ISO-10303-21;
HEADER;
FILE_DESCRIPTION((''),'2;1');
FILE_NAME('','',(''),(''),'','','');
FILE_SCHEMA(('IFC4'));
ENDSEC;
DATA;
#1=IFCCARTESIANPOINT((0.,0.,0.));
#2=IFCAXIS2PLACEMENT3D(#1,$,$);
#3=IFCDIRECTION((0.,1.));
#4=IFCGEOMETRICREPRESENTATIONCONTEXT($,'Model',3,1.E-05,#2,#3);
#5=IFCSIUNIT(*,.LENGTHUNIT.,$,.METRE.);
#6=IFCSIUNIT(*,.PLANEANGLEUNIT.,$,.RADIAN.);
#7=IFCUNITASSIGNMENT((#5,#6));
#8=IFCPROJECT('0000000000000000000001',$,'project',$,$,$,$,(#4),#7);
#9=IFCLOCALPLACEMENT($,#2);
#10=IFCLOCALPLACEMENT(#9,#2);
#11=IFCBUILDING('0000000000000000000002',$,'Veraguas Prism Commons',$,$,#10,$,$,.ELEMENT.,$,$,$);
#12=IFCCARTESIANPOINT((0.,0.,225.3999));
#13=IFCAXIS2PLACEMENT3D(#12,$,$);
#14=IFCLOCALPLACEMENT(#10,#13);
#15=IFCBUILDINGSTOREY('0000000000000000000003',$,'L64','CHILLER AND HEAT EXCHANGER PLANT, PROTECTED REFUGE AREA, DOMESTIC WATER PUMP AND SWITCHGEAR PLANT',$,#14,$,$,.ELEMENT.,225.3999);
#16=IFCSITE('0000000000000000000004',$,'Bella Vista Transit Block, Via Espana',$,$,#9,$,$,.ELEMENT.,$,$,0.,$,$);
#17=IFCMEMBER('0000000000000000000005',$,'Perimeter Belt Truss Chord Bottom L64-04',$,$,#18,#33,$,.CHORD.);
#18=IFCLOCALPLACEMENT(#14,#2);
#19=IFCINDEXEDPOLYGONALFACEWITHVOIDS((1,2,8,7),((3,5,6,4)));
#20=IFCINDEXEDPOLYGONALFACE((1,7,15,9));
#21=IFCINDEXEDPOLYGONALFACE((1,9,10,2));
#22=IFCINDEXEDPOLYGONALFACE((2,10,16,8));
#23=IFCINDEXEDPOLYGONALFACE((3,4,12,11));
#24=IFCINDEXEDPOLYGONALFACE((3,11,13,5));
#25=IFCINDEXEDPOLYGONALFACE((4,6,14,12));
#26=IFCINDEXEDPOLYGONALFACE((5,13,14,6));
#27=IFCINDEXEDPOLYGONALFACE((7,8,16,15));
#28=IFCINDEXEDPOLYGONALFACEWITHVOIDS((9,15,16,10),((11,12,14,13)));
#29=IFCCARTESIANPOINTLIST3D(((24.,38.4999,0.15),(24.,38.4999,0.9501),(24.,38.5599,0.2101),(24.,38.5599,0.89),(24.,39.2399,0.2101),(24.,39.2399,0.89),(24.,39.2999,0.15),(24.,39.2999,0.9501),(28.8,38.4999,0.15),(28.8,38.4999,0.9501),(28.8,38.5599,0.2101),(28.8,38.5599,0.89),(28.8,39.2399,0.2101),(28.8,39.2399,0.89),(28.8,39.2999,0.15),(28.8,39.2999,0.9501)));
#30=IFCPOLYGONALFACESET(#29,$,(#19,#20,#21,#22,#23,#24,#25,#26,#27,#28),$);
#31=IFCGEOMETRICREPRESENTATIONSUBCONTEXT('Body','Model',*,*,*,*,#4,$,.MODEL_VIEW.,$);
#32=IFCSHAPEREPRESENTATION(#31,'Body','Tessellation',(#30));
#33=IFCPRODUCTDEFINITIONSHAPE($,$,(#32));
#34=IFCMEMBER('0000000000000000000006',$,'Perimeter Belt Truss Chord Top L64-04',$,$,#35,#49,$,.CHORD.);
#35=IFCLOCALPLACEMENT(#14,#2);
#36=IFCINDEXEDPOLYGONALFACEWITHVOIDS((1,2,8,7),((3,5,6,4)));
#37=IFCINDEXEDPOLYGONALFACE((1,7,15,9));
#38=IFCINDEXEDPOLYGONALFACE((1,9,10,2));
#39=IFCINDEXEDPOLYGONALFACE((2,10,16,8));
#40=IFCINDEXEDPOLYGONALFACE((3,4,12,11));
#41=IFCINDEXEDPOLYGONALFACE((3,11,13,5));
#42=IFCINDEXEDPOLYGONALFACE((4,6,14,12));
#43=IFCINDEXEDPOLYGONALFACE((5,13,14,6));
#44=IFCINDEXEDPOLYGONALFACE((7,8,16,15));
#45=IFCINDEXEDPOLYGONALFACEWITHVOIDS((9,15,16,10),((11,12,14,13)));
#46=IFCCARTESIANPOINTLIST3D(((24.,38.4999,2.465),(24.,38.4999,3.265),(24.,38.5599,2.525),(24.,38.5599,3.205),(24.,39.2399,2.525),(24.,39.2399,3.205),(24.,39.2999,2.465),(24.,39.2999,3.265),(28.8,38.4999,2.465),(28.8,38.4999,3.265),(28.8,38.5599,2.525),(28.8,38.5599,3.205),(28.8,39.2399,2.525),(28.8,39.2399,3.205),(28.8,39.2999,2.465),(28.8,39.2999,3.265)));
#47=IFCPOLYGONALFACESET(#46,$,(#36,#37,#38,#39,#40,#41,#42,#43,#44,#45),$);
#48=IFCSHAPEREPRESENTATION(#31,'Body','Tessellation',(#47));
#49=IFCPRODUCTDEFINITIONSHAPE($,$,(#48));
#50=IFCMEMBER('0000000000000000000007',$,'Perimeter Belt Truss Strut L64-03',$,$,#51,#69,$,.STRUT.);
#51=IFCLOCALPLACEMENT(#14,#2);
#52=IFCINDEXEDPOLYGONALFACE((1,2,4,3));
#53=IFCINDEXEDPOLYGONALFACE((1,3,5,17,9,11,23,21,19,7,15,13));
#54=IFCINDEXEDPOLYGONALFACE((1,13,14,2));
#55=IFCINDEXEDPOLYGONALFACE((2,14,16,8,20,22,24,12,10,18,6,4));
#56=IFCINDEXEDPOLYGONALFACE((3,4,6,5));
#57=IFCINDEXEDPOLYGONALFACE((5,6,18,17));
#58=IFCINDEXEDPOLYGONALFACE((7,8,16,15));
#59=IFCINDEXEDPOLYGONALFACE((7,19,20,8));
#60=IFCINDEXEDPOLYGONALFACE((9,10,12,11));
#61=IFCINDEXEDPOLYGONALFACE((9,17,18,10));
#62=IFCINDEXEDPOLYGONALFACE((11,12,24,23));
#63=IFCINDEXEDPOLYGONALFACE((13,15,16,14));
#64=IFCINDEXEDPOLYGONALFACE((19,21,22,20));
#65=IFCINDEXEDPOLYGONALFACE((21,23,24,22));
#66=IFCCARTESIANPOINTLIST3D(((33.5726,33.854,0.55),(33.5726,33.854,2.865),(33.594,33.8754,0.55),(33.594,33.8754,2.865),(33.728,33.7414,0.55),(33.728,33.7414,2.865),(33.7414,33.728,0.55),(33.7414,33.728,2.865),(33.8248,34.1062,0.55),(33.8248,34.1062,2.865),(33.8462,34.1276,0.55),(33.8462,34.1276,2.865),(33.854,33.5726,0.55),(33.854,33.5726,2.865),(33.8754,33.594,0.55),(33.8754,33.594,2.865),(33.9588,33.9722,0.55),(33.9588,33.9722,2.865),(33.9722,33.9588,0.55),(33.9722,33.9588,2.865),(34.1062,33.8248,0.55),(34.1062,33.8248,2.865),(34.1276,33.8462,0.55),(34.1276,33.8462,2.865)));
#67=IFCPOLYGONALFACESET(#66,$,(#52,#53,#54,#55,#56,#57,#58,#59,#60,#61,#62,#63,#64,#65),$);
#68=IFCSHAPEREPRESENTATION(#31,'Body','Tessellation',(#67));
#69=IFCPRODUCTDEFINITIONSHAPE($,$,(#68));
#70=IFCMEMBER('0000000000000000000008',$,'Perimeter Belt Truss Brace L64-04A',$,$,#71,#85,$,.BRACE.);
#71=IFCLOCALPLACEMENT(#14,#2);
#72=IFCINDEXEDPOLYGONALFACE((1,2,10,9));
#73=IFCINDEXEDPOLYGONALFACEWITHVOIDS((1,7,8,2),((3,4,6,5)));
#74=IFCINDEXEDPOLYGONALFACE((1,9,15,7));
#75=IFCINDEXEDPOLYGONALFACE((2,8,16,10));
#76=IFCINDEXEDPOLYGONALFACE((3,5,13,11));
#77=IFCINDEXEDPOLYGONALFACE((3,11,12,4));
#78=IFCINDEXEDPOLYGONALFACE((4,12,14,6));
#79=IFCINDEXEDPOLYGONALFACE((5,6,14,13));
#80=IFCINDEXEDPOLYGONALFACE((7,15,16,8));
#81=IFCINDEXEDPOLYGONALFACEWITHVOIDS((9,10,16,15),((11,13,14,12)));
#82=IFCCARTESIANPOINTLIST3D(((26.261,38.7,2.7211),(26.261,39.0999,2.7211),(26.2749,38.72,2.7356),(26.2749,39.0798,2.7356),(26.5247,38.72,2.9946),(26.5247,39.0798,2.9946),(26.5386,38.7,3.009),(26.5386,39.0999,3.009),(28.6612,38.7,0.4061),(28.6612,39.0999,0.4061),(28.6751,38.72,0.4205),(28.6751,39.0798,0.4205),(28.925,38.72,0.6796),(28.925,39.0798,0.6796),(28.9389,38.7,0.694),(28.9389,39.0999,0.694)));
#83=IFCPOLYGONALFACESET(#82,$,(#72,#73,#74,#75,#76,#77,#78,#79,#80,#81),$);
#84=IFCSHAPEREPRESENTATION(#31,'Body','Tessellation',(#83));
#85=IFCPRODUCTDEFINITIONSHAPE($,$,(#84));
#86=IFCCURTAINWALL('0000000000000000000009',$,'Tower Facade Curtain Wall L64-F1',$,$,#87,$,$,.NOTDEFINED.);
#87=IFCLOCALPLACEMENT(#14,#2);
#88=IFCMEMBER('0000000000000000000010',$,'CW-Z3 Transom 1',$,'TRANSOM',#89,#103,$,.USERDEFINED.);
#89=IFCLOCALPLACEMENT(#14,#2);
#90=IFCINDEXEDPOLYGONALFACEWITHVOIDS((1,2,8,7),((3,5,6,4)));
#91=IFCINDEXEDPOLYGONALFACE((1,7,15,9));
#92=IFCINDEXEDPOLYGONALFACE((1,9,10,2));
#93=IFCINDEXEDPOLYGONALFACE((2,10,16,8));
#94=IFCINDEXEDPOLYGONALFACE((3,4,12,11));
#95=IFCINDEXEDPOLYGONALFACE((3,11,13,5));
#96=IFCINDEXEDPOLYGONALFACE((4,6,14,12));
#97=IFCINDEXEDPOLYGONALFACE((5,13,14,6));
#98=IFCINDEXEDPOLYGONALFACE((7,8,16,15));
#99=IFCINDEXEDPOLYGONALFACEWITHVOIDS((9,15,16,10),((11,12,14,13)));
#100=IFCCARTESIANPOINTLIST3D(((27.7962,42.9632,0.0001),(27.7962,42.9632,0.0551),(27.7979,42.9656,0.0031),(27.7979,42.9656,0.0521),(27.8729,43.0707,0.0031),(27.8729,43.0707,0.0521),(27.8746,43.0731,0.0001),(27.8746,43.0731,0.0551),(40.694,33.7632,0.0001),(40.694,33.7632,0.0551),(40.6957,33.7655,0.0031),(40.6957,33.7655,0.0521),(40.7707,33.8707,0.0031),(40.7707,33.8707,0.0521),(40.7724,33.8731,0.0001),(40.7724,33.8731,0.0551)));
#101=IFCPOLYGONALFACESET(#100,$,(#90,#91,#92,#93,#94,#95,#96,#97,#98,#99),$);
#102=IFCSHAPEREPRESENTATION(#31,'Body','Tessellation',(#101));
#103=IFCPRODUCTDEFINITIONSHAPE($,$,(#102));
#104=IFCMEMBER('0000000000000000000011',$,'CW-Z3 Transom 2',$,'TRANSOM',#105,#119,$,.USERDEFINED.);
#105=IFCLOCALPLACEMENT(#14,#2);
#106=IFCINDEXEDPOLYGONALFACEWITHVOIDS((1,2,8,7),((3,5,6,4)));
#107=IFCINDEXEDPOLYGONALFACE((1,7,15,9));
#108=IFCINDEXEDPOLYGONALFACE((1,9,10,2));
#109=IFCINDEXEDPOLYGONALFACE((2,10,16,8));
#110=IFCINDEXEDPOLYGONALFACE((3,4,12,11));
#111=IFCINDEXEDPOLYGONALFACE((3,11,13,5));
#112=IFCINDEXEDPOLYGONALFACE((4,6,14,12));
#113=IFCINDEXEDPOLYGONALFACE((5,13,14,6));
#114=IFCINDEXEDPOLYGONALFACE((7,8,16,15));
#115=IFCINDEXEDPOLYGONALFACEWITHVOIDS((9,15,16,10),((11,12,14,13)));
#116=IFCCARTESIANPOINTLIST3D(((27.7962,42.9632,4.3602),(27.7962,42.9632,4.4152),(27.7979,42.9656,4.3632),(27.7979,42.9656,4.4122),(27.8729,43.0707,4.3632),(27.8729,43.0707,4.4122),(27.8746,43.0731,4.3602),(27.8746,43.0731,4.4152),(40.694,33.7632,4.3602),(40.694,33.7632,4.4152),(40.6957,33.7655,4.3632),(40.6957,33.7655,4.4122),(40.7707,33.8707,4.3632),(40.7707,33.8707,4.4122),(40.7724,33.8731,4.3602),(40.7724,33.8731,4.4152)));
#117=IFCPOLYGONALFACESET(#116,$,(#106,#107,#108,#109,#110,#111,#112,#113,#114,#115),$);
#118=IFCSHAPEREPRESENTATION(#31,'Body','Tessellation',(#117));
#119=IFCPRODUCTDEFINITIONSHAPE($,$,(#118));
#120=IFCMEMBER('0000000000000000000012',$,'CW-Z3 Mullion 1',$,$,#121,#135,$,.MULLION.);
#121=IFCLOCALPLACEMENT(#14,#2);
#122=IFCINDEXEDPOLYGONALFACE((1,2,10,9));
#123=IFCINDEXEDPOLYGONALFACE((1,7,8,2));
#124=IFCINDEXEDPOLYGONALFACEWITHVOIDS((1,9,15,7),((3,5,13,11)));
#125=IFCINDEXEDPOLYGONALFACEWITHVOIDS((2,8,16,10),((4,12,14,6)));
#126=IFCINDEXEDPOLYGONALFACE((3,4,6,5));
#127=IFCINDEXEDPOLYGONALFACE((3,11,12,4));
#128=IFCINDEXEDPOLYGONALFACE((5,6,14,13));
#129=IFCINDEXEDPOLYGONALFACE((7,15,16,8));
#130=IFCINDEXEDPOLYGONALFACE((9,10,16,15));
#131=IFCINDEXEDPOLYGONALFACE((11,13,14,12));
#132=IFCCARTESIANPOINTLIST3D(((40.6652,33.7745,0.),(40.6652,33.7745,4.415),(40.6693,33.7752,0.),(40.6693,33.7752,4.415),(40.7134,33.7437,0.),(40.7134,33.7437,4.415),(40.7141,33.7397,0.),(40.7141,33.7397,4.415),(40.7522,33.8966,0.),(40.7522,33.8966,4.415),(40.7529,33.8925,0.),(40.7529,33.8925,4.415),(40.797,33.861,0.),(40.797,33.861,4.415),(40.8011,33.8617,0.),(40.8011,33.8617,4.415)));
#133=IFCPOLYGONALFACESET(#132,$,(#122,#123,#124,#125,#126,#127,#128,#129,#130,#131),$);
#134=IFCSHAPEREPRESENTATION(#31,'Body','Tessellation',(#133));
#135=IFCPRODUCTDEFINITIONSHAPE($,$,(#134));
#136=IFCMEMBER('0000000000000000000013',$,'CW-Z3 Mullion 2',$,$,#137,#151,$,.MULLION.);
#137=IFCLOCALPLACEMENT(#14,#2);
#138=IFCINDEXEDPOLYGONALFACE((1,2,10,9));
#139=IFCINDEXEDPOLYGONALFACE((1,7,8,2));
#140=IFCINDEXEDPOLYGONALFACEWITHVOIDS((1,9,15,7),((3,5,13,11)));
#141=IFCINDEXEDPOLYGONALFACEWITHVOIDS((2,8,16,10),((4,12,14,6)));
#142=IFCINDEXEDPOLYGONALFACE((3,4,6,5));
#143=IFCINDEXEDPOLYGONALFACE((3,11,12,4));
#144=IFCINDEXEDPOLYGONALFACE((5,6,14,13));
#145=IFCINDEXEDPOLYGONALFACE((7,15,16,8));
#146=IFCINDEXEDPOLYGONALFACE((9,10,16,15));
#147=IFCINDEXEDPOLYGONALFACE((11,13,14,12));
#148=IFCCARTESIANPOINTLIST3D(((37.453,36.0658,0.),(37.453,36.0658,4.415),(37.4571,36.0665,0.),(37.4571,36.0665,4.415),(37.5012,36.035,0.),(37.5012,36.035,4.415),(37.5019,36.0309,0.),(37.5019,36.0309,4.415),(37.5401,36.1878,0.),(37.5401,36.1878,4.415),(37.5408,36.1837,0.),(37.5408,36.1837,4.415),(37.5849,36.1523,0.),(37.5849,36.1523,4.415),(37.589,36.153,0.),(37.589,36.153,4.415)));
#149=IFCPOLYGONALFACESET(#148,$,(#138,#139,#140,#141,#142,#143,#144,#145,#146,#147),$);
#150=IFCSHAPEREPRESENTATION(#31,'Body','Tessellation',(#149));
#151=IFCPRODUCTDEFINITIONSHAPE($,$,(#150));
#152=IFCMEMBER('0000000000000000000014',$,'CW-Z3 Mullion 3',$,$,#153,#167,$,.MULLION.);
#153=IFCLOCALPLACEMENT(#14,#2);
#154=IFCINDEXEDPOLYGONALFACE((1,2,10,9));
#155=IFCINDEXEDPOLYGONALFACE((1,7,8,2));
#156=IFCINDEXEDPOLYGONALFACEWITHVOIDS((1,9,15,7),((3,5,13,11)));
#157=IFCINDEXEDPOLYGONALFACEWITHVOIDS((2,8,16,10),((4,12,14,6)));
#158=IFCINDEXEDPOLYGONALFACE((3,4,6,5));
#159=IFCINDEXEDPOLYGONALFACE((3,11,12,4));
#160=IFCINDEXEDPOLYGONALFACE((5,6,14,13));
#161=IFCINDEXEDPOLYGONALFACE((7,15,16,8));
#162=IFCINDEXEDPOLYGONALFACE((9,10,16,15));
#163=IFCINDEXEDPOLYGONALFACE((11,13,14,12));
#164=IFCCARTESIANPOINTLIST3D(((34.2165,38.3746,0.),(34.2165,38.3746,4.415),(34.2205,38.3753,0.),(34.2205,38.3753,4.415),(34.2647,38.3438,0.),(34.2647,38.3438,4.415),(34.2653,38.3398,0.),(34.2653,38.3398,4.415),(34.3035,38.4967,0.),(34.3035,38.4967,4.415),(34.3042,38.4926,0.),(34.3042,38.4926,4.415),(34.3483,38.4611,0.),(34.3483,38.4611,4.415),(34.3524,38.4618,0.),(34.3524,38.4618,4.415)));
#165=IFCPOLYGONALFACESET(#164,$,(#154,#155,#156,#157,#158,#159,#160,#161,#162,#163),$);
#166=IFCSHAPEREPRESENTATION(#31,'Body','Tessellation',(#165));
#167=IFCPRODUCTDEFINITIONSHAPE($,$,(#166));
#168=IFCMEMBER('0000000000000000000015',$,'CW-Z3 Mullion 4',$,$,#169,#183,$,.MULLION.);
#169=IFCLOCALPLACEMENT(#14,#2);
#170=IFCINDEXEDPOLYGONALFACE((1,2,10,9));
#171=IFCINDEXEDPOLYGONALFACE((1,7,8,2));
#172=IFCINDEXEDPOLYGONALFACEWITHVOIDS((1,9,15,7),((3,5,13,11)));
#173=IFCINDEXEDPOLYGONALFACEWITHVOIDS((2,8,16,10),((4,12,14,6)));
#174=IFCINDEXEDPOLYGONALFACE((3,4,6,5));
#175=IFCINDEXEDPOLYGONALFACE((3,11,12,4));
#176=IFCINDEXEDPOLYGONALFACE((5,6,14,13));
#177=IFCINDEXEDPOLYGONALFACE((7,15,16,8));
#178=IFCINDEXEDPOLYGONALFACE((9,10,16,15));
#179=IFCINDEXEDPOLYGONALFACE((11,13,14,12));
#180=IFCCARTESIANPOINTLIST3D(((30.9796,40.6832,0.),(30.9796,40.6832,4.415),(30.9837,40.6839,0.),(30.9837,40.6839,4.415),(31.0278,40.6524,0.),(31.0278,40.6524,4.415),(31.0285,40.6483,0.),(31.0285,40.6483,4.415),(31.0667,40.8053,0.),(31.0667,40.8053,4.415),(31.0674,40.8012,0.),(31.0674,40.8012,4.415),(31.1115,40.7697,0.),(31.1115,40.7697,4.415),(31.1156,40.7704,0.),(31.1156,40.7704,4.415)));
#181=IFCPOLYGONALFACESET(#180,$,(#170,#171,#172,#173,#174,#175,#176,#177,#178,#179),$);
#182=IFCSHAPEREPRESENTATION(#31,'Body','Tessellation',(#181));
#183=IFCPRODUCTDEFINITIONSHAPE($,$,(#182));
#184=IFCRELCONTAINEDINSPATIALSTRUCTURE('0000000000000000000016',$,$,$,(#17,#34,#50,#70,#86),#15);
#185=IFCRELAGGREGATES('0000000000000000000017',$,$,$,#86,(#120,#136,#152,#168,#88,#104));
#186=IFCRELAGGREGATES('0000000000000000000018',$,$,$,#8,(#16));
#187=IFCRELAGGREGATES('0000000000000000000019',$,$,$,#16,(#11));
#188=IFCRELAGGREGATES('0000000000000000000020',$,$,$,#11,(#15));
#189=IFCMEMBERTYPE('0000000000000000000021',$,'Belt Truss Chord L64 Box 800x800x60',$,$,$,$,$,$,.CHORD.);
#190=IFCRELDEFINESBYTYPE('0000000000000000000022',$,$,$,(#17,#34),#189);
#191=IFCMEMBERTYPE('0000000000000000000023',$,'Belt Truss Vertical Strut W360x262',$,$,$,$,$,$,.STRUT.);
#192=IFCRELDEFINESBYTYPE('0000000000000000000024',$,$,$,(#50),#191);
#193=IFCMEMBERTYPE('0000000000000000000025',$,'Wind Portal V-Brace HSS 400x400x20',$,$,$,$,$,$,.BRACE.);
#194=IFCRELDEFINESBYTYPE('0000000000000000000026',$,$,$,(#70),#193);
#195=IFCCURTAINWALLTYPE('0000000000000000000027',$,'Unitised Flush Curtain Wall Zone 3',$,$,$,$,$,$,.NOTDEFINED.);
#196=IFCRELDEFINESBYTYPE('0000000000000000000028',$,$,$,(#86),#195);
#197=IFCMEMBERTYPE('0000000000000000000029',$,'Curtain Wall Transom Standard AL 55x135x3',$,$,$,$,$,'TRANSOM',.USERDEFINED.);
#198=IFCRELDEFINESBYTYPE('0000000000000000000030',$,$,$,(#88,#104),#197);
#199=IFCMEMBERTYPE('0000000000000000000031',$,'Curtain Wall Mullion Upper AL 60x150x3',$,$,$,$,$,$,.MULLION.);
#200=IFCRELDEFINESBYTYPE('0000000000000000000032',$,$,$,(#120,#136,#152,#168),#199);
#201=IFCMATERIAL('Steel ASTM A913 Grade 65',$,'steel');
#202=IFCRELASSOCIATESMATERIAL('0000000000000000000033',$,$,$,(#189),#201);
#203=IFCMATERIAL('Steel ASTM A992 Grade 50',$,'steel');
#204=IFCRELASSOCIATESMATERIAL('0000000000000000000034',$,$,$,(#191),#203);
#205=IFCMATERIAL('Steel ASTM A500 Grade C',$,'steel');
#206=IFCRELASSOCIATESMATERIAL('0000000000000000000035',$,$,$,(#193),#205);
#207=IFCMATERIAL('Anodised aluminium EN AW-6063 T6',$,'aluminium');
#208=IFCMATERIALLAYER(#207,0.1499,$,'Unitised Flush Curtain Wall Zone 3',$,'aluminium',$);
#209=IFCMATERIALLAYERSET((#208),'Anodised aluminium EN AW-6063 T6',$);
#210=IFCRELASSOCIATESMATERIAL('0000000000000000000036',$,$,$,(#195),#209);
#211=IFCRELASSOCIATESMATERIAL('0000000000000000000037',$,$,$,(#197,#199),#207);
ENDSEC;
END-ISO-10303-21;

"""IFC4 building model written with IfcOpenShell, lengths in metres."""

from ifc_helpers import new_model, si_unit, direction, frame, origin, origin_2d, place, context, subcontext, project, spatial, hollow_rectangle, i_section, extrude, source, transform, mapped, material, layer, layer_set, material_profile, profile_set, type_object, element, aggregate, save


model = new_model("IFC4")

# Units and contexts
model_context = context("Model", 3, precision=1e-05, world=origin(), true_north=direction((0.0, 1.0)))
body_context = subcontext(model_context, "Body", "Model", "MODEL_VIEW")
ifc_project = project(units=[si_unit("LENGTHUNIT", "METRE"), si_unit("PLANEANGLEUNIT", "RADIAN")], contexts=[model_context])

# Site, building, storey
site_placement = place(None, origin())
site = spatial("IfcSite", under=ifc_project, at=site_placement, Name="Bella Vista Transit Block, Via Espana", CompositionType="ELEMENT", RefElevation=0.0)
building_placement = place(site_placement, origin())
building = spatial("IfcBuilding", under=site, at=building_placement, Name="Veraguas Prism Commons", CompositionType="ELEMENT")
storey_placement = place(building_placement, frame((0.0, 0.0, 225.3999)))
storey = spatial("IfcBuildingStorey", under=building, at=storey_placement, Name="L64", Description="CHILLER AND HEAT EXCHANGER PLANT, PROTECTED REFUGE AREA, DOMESTIC WATER PUMP AND SWITCHGEAR PLANT", CompositionType="ELEMENT", Elevation=225.3999)

# Members
ifc_material_1 = material(Name="Steel ASTM A913 Grade 65", Category="steel")
ifc_material_profile_1 = material_profile(ifc_material_1, hollow_rectangle(XDim=0.8, YDim=0.8, WallThickness=0.0601, at=origin_2d()), Name="BOX800X800X60")
ifc_profile_set_1 = profile_set([ifc_material_profile_1], Name="Steel ASTM A913 Grade 65")
member_type_1 = type_object("IfcMemberType", Name="Belt Truss Chord L64 Box 800x800x60", PredefinedType="CHORD", material=ifc_profile_set_1)
for number, where, z_axis, x_axis, name in (
    (1, (28.8, 38.8999, 0.55), (-1.0, 0.0, 0.0), (0.0, -1.0, 0.0), "Perimeter Belt Truss Chord Bottom L64-04"),
    (2, (28.8, 38.8999, 2.865), (-1.0, 0.0, 0.0), (0.0, -1.0, 0.0), "Perimeter Belt Truss Chord Top L64-04"),
):
    element("IfcMember", number, at=place(storey_placement, frame(where, z_axis=z_axis, x_axis=x_axis)), inside=storey, type_object=member_type_1, Name=name, PredefinedType="CHORD", context=body_context, shape_type="SweptSolid", body=[
        extrude(hollow_rectangle(XDim=0.8, YDim=0.8, WallThickness=0.0601, at=origin_2d()), origin(), (0.0, 0.0, 1.0), 4.8),
    ])
ifc_material_2 = material(Name="Steel ASTM A992 Grade 50", Category="steel")
ifc_material_profile_2 = material_profile(ifc_material_2, i_section(OverallWidth=0.3979, OverallDepth=0.387, WebThickness=0.019, FlangeThickness=0.0303, at=origin_2d()), Name="W360X262")
ifc_profile_set_2 = profile_set([ifc_material_profile_2], Name="Steel ASTM A992 Grade 50")
member_type_2 = type_object("IfcMemberType", Name="Belt Truss Vertical Strut W360x262", PredefinedType="STRUT", material=ifc_profile_set_2)
member_1_placement = place(storey_placement, frame((33.8501, 33.8501, 0.55), z_axis=(0.0, 0.0, 1.0), x_axis=(-0.707107, 0.707107, 0.0)))
element("IfcMember", 3, at=member_1_placement, inside=storey, type_object=member_type_2, Name="Perimeter Belt Truss Strut L64-03", PredefinedType="STRUT", context=body_context, shape_type="SweptSolid", body=[
    extrude(i_section(OverallWidth=0.3979, OverallDepth=0.387, WebThickness=0.019, FlangeThickness=0.0303, at=origin_2d()), origin(), (0.0, 0.0, 1.0), 2.3149),
])
ifc_material_3 = material(Name="Steel ASTM A500 Grade C", Category="steel")
ifc_material_profile_3 = material_profile(ifc_material_3, hollow_rectangle(XDim=0.3999, YDim=0.3999, WallThickness=0.02, at=origin_2d()), Name="HSS400X400X20")
ifc_profile_set_3 = profile_set([ifc_material_profile_3], Name="Steel ASTM A500 Grade C")
member_type_3 = type_object("IfcMemberType", Name="Wind Portal V-Brace HSS 400x400x20", PredefinedType="BRACE", material=ifc_profile_set_3)
member_2_placement = place(storey_placement, frame((28.8, 38.8999, 0.55), z_axis=(-0.719767, 0.0, 0.694216), x_axis=(0.0, -1.0, 0.0)))
element("IfcMember", 4, at=member_2_placement, inside=storey, type_object=member_type_3, Name="Perimeter Belt Truss Brace L64-04A", PredefinedType="BRACE", context=body_context, shape_type="SweptSolid", body=[
    extrude(hollow_rectangle(XDim=0.3999, YDim=0.3999, WallThickness=0.02, at=origin_2d()), origin(), (0.0, 0.0, 1.0), 3.3347),
])

# Curtain wall, members
ifc_material_4 = material(Name="Anodised aluminium EN AW-6063 T6", Category="aluminium")
ifc_layer_1 = layer(ifc_material_4, 0.1499, Name="Unitised Flush Curtain Wall Zone 3", Category="aluminium")
ifc_layer_set_1 = layer_set([ifc_layer_1], Name="Anodised aluminium EN AW-6063 T6")
curtain_wall_type = type_object("IfcCurtainWallType", Name="Unitised Flush Curtain Wall Zone 3", PredefinedType="NOTDEFINED", material=ifc_layer_set_1)
curtain_wall_placement = place(storey_placement, origin())
curtain_wall = element("IfcCurtainWall", 5, at=curtain_wall_placement, inside=storey, type_object=curtain_wall_type, Name="Tower Facade Curtain Wall L64-F1", PredefinedType="NOTDEFINED")
ifc_material_profile_4 = material_profile(ifc_material_4, hollow_rectangle(XDim=0.0549, YDim=0.135, WallThickness=0.0029, at=origin_2d()), Name="AL55X135X3")
ifc_profile_set_4 = profile_set([ifc_material_profile_4], Name="Anodised aluminium EN AW-6063 T6")
member_type_4 = type_object("IfcMemberType", Name="Curtain Wall Transom Standard AL 55x135x3", ElementType="TRANSOM", PredefinedType="USERDEFINED", material=ifc_profile_set_4)
shared_shape_1 = source(origin(), body_context, "Body", "SweptSolid", [
    extrude(hollow_rectangle(XDim=0.0549, YDim=0.135, WallThickness=0.0029, at=origin_2d()), origin(), (0.0, 0.0, 1.0), 15.8428),
])
member_3_placement = place(storey_placement, frame((40.7332, 33.8181, 0.0276), z_axis=(-0.814112, 0.580707, 0.0), x_axis=(0.0, 0.0, 1.0)))
member_3 = element("IfcMember", 6, at=member_3_placement, type_object=member_type_4, Name="CW-Z3 Transom 1", ObjectType="TRANSOM", PredefinedType="USERDEFINED", context=body_context, shape_type="MappedRepresentation", body=[
    mapped(shared_shape_1, transform((0.0, 0.0, 0.0), scale=1.0)),
])
member_4_placement = place(storey_placement, frame((40.7332, 33.8181, 4.3877), z_axis=(-0.814112, 0.580707, 0.0), x_axis=(0.0, 0.0, 1.0)))
member_4 = element("IfcMember", 7, at=member_4_placement, type_object=member_type_4, Name="CW-Z3 Transom 2", ObjectType="TRANSOM", PredefinedType="USERDEFINED", context=body_context, shape_type="MappedRepresentation", body=[
    mapped(shared_shape_1, transform((0.0, 0.0, 0.0), scale=1.0)),
])
ifc_material_profile_5 = material_profile(ifc_material_4, hollow_rectangle(XDim=0.0601, YDim=0.1499, WallThickness=0.0029, at=origin_2d()), Name="AL60X150X3")
ifc_profile_set_5 = profile_set([ifc_material_profile_5], Name="Anodised aluminium EN AW-6063 T6")
member_type_5 = type_object("IfcMemberType", Name="Curtain Wall Mullion Upper AL 60x150x3", PredefinedType="MULLION", material=ifc_profile_set_5)
shared_shape_2 = source(origin(), body_context, "Body", "SweptSolid", [
    extrude(hollow_rectangle(XDim=0.0601, YDim=0.1499, WallThickness=0.0029, at=origin_2d()), origin(), (0.0, 0.0, 1.0), 4.415),
])
member_5_placement = place(storey_placement, frame((40.7332, 33.8181, 0.0), z_axis=(0.0, 0.0, 1.0), x_axis=(-0.814113, 0.580706, 0.0)))
member_5 = element("IfcMember", 8, at=member_5_placement, type_object=member_type_5, Name="CW-Z3 Mullion 1", PredefinedType="MULLION", context=body_context, shape_type="MappedRepresentation", body=[
    mapped(shared_shape_2, transform((0.0, 0.0, 0.0), scale=1.0)),
])
member_6_placement = place(storey_placement, frame((37.521, 36.1094, 0.0), z_axis=(0.0, 0.0, 1.0), x_axis=(-0.814113, 0.580706, 0.0)))
member_6 = element("IfcMember", 9, at=member_6_placement, type_object=member_type_5, Name="CW-Z3 Mullion 2", PredefinedType="MULLION", context=body_context, shape_type="MappedRepresentation", body=[
    mapped(shared_shape_2, transform((0.0, 0.0, 0.0), scale=1.0)),
])
member_7_placement = place(storey_placement, frame((34.2844, 38.4182, 0.0), z_axis=(0.0, 0.0, 1.0), x_axis=(-0.814113, 0.580706, 0.0)))
member_7 = element("IfcMember", 10, at=member_7_placement, type_object=member_type_5, Name="CW-Z3 Mullion 3", PredefinedType="MULLION", context=body_context, shape_type="MappedRepresentation", body=[
    mapped(shared_shape_2, transform((0.0, 0.0, 0.0), scale=1.0)),
])
member_8_placement = place(storey_placement, frame((31.0476, 40.7268, 0.0), z_axis=(0.0, 0.0, 1.0), x_axis=(-0.814113, 0.580706, 0.0)))
member_8 = element("IfcMember", 11, at=member_8_placement, type_object=member_type_5, Name="CW-Z3 Mullion 4", PredefinedType="MULLION", context=body_context, shape_type="MappedRepresentation", body=[
    mapped(shared_shape_2, transform((0.0, 0.0, 0.0), scale=1.0)),
])

aggregate(curtain_wall, [member_5, member_6, member_7, member_8, member_3, member_4])

save(model, "model.ifc")
